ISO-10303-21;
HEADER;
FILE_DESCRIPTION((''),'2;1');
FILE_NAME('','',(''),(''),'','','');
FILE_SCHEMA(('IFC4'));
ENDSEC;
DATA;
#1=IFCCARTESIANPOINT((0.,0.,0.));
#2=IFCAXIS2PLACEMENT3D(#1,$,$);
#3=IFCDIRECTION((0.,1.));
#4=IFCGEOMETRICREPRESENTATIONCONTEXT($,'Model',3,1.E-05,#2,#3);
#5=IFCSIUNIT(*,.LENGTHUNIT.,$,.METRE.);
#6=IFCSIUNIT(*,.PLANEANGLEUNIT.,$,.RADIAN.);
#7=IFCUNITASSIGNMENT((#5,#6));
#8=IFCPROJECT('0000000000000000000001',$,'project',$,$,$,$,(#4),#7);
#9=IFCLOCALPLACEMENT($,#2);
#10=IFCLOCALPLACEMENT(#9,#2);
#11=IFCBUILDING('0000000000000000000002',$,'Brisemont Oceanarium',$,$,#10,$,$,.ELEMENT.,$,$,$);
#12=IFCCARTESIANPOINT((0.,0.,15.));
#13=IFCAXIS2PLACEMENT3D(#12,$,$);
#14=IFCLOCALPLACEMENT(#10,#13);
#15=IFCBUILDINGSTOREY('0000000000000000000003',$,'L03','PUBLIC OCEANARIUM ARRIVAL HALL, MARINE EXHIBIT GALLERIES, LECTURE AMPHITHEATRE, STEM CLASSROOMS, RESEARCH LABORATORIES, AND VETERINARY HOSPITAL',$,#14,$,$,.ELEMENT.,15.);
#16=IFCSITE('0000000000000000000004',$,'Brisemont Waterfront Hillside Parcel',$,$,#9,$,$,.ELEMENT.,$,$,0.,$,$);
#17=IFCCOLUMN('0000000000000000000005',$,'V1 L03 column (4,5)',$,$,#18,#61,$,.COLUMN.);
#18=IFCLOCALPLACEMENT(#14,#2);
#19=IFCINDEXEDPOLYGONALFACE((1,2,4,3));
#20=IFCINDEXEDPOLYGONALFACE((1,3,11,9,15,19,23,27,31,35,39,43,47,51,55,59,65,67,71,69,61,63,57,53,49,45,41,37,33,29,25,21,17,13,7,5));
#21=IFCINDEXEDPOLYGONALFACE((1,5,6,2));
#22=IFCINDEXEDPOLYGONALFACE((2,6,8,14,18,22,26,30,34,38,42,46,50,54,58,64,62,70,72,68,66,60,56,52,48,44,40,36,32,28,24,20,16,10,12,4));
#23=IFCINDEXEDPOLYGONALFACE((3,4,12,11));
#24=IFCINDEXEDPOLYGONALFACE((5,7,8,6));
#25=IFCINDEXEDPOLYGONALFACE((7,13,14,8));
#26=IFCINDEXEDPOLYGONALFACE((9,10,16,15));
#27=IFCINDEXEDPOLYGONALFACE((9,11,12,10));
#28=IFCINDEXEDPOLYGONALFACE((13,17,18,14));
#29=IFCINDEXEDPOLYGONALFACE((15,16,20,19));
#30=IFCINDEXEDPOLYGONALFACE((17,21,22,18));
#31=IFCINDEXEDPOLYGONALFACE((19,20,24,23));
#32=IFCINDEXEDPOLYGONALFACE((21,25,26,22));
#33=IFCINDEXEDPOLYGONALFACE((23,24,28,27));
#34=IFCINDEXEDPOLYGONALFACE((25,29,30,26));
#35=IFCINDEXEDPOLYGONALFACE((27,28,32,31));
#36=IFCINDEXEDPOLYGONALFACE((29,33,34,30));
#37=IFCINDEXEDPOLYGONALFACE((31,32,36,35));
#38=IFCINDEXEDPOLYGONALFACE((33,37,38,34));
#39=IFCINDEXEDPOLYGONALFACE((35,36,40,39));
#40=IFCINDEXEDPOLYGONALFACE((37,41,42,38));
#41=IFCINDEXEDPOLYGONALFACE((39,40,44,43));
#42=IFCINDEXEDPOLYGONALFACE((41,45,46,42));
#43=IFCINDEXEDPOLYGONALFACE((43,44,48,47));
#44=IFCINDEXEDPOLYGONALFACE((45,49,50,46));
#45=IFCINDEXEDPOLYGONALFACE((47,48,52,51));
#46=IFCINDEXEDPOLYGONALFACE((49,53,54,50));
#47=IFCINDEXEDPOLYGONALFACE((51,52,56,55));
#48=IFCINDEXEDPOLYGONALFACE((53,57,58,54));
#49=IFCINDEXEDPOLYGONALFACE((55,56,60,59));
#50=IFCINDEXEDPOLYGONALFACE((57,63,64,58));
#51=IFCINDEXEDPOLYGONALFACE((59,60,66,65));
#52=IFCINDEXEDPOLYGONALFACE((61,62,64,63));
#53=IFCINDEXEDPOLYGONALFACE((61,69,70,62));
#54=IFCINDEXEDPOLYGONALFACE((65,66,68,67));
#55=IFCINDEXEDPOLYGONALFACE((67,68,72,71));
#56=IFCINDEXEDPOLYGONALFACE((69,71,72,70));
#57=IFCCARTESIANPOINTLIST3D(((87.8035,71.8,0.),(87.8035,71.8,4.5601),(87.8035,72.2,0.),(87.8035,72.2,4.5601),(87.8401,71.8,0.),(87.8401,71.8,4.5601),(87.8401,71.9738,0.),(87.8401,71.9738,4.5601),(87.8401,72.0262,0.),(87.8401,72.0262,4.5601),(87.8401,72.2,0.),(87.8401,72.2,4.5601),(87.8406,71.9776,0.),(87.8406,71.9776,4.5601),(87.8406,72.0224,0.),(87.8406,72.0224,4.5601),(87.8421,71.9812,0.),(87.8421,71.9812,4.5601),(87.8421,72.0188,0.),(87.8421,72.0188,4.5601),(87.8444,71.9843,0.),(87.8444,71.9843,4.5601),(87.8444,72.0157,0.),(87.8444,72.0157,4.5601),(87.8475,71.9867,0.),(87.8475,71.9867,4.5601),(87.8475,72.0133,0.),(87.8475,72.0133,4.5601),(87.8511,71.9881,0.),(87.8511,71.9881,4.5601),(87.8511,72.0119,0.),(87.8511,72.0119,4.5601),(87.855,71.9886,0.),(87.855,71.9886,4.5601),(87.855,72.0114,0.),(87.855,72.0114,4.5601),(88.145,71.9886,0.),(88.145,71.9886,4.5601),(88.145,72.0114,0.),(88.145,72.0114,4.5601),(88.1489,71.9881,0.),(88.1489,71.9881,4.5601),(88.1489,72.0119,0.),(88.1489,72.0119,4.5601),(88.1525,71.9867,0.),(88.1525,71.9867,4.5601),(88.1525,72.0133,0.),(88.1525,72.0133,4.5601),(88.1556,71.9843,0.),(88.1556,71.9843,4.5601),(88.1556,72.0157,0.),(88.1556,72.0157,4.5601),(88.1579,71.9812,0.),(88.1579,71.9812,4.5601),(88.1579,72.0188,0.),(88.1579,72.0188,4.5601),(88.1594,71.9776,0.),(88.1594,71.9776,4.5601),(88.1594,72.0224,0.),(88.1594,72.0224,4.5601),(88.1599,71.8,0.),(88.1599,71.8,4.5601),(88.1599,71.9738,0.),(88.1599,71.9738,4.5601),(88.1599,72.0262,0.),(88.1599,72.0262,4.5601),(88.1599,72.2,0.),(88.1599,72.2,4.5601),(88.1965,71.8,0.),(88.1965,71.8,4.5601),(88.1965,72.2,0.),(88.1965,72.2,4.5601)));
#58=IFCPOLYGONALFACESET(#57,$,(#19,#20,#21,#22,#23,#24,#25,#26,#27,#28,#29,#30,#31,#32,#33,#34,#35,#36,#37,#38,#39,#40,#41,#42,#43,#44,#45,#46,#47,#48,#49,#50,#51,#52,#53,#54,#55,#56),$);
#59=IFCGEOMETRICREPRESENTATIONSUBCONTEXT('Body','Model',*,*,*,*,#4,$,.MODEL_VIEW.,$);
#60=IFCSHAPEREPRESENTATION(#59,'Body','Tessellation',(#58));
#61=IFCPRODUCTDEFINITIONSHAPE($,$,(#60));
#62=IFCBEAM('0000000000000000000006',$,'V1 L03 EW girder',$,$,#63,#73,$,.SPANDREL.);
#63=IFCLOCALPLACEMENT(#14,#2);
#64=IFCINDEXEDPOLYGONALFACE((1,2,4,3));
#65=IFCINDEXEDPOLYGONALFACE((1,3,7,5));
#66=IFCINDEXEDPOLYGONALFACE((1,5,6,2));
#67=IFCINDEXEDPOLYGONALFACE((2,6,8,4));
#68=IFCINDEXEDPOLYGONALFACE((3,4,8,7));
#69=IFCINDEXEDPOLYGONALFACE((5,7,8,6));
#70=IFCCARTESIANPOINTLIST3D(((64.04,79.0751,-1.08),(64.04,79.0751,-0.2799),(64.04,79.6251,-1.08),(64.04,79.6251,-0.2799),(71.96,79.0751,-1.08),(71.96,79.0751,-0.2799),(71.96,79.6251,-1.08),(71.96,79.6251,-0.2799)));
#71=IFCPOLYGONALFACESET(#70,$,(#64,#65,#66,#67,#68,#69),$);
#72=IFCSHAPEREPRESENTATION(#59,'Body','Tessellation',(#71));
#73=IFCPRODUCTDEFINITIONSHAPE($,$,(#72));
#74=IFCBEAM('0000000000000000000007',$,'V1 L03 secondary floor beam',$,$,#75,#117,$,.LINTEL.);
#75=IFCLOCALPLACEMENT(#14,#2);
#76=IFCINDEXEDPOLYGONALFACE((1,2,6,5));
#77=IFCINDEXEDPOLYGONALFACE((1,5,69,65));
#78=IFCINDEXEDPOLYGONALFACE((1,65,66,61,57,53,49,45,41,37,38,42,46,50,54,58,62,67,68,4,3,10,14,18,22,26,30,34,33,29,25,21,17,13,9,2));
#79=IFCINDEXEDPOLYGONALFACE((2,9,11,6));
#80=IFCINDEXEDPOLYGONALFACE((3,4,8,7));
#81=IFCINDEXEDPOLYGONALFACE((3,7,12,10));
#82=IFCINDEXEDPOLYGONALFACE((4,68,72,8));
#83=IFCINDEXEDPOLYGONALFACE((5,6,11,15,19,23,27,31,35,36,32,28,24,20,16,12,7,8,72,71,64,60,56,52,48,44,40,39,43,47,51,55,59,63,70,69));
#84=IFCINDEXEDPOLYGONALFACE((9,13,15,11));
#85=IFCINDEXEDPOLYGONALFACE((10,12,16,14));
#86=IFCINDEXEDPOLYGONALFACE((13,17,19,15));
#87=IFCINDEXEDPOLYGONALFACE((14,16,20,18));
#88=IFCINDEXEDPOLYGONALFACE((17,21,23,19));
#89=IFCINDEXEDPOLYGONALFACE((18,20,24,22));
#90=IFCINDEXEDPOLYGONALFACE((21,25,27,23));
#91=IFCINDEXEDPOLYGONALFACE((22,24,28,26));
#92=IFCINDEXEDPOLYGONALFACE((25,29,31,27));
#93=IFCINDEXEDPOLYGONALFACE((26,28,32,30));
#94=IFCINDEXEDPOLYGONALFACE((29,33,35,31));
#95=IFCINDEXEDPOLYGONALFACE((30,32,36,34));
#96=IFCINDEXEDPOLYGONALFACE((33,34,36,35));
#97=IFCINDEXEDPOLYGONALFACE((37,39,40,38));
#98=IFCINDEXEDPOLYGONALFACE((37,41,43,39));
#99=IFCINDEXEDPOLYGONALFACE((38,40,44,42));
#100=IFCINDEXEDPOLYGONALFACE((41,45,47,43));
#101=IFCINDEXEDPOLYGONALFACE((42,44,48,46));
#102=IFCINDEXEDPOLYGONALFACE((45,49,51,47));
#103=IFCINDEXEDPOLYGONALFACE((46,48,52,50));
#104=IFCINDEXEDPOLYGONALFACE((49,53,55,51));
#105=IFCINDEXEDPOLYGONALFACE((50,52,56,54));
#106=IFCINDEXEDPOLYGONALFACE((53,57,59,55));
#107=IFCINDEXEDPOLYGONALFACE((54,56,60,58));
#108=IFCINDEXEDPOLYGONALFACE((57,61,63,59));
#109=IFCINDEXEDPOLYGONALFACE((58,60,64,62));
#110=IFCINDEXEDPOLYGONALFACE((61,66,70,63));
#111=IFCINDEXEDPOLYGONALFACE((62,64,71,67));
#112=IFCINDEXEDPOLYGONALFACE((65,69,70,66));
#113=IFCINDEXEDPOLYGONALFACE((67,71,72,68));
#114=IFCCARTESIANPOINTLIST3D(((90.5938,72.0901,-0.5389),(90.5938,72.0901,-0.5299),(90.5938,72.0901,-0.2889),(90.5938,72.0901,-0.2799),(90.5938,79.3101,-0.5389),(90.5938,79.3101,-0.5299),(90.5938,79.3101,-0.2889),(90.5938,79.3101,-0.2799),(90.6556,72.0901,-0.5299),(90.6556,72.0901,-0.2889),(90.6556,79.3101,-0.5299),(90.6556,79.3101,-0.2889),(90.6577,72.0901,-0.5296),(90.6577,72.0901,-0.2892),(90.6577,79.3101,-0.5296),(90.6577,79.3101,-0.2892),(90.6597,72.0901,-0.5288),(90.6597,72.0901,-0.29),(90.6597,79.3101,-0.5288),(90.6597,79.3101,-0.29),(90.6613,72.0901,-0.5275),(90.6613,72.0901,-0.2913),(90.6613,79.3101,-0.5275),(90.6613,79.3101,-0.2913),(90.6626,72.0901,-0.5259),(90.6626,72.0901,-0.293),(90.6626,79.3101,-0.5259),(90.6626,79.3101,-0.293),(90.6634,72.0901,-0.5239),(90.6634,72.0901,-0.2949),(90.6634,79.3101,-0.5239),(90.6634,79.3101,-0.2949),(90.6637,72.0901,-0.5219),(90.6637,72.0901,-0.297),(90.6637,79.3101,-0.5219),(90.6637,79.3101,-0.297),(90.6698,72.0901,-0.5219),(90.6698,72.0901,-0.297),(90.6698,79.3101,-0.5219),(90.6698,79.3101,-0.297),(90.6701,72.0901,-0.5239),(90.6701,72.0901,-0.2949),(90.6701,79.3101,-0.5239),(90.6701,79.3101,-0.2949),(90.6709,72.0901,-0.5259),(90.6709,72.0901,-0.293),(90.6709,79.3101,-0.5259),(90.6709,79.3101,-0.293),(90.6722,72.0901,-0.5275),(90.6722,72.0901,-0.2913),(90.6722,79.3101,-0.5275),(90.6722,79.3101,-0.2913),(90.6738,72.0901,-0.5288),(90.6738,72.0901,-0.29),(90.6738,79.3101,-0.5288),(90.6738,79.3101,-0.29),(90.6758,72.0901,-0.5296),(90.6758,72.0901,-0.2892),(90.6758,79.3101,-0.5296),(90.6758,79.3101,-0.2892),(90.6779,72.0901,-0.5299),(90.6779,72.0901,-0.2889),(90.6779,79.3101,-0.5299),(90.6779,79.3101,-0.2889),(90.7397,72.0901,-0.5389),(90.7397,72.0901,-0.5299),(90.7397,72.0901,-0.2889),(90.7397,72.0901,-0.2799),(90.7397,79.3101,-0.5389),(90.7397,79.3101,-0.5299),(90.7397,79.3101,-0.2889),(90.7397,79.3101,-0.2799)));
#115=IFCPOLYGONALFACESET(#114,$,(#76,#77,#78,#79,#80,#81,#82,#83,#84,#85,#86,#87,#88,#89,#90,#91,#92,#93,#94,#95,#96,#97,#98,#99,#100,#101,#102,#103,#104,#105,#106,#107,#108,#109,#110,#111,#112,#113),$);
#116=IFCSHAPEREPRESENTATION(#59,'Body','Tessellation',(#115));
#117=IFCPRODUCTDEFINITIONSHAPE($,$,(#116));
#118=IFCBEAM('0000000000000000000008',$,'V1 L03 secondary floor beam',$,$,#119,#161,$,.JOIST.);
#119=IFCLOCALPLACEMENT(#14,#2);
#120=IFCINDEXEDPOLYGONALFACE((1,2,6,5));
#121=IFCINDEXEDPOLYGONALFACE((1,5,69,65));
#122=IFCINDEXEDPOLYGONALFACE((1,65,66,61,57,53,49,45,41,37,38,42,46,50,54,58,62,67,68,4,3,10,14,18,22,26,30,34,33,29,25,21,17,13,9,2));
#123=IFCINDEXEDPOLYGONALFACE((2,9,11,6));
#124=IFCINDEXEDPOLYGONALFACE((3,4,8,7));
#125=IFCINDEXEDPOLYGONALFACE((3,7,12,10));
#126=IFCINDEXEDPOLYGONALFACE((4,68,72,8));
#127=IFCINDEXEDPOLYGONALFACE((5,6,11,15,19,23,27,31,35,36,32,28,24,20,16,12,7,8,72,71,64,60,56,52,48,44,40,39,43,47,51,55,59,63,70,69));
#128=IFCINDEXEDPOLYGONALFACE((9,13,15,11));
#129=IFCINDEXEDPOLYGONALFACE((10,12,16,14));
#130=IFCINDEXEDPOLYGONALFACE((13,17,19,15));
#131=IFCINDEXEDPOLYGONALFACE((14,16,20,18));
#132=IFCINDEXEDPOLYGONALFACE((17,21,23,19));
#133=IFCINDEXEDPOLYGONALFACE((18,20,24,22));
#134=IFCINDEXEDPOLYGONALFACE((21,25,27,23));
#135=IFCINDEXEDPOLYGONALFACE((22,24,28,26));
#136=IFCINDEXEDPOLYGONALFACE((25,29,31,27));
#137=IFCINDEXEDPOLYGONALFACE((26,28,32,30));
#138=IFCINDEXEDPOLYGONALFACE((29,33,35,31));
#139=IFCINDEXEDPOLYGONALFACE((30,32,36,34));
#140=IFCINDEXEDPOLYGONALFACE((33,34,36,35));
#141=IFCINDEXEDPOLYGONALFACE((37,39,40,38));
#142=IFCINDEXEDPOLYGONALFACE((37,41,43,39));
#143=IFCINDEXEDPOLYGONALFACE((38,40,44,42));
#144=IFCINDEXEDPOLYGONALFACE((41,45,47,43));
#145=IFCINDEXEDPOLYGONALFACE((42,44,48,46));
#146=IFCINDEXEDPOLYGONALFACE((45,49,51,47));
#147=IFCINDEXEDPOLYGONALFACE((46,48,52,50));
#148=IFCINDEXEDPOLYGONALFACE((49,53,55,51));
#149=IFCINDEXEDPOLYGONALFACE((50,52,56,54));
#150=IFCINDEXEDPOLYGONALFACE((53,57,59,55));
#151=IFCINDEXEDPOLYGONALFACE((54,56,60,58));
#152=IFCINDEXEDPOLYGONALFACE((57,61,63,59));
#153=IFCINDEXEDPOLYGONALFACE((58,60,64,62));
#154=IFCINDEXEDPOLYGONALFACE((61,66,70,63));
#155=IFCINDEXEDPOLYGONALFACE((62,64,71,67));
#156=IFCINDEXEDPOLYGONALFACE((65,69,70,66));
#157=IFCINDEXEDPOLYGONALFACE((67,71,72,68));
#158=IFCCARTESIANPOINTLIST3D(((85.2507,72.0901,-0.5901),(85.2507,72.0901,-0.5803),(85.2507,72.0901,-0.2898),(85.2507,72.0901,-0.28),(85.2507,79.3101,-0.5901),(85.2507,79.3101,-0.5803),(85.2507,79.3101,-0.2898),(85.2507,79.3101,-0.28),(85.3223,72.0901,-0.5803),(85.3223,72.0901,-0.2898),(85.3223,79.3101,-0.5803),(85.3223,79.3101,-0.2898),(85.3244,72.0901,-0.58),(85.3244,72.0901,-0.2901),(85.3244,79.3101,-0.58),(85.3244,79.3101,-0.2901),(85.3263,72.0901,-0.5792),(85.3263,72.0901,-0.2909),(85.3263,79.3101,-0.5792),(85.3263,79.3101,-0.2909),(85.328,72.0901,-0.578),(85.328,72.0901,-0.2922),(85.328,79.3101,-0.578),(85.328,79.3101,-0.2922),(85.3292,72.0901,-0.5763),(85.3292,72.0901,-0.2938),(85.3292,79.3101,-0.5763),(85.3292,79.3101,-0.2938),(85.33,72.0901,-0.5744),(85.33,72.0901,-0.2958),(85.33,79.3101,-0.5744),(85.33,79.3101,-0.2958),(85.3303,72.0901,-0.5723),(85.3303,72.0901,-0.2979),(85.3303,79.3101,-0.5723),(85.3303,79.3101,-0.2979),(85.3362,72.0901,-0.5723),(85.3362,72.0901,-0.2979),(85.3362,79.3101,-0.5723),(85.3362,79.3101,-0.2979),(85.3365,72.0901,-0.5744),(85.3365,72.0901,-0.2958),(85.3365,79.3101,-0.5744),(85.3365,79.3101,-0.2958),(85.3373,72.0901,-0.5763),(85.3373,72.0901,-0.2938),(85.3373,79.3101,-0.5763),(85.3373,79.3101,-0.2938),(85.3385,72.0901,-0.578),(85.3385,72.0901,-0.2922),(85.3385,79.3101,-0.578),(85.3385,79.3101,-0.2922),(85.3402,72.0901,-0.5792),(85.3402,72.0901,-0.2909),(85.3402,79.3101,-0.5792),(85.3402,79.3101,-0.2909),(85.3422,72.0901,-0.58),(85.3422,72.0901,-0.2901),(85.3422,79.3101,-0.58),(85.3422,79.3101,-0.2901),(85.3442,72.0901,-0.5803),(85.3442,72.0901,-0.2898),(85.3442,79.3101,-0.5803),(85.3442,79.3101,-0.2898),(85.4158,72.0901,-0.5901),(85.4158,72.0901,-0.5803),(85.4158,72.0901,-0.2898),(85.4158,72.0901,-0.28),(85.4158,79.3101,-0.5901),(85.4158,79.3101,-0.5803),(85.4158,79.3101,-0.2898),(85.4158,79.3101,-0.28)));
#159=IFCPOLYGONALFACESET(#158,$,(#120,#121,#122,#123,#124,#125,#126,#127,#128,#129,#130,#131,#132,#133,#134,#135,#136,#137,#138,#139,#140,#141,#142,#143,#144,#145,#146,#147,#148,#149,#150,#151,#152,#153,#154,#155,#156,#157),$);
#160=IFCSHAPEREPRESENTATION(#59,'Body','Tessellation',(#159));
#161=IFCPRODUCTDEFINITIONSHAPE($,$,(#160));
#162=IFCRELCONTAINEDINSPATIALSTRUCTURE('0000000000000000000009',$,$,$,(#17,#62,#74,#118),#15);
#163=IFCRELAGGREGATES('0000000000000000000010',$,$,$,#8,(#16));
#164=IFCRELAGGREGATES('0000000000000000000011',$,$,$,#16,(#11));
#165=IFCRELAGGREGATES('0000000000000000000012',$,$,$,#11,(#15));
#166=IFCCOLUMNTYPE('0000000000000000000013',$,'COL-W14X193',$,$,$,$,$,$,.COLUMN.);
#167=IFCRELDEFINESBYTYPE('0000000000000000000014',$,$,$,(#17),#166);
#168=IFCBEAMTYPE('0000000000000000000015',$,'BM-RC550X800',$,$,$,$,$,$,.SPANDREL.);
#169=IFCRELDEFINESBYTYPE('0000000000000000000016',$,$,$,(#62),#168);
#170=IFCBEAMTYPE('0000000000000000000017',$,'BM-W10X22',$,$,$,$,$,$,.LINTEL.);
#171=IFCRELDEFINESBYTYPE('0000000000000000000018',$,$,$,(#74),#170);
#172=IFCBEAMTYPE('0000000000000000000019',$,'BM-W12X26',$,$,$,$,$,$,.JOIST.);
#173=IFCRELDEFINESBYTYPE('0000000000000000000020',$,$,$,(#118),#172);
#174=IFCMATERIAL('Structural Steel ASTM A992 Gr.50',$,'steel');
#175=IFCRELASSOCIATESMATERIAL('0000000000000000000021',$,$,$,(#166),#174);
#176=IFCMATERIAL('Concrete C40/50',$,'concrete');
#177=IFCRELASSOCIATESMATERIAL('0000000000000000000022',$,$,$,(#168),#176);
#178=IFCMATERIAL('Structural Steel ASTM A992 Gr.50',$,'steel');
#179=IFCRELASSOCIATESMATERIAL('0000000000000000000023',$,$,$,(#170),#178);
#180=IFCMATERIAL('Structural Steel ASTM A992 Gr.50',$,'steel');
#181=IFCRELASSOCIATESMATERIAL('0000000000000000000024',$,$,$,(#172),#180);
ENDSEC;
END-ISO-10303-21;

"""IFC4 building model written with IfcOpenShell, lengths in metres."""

from ifc_helpers import new_model, si_unit, direction, frame, origin, origin_2d, place, context, subcontext, project, spatial, rectangle, i_section, extrude, material, material_profile, profile_set, type_object, element, save


model = new_model("IFC4")

# Units and contexts
model_context = context("Model", 3, precision=1e-05, world=origin(), true_north=direction((0.0, 1.0)))
body_context = subcontext(model_context, "Body", "Model", "MODEL_VIEW")
ifc_project = project(units=[si_unit("LENGTHUNIT", "METRE"), si_unit("PLANEANGLEUNIT", "RADIAN")], contexts=[model_context])

# Site, building, storey
site_placement = place(None, origin())
site = spatial("IfcSite", under=ifc_project, at=site_placement, Name="Brisemont Waterfront Hillside Parcel", CompositionType="ELEMENT", RefElevation=0.0)
building_placement = place(site_placement, origin())
building = spatial("IfcBuilding", under=site, at=building_placement, Name="Brisemont Oceanarium", CompositionType="ELEMENT")
storey_placement = place(building_placement, frame((0.0, 0.0, 15.0)))
storey = spatial("IfcBuildingStorey", under=building, at=storey_placement, Name="L03", Description="PUBLIC OCEANARIUM ARRIVAL HALL, MARINE EXHIBIT GALLERIES, LECTURE AMPHITHEATRE, STEM CLASSROOMS, RESEARCH LABORATORIES, AND VETERINARY HOSPITAL", CompositionType="ELEMENT", Elevation=15.0)

# Column
ifc_material_1 = material(Name="Structural Steel ASTM A992 Gr.50", Category="steel")
ifc_material_profile_1 = material_profile(ifc_material_1, i_section(OverallWidth=0.3999, OverallDepth=0.3931, WebThickness=0.0227, FlangeThickness=0.0366, FilletRadius=0.0149, at=origin_2d()), Name="W14X193")
ifc_profile_set_1 = profile_set([ifc_material_profile_1], Name="Structural Steel ASTM A992 Gr.50")
column_type_1 = type_object("IfcColumnType", Name="COL-W14X193", PredefinedType="COLUMN", material=ifc_profile_set_1)
column_1_placement = place(storey_placement, frame((88.0, 72.0, 0.0), z_axis=(0.0, 0.0, 1.0), x_axis=(0.0, 1.0, 0.0)))
element("IfcColumn", 1, at=column_1_placement, inside=storey, type_object=column_type_1, Name="V1 L03 column (4,5)", PredefinedType="COLUMN", context=body_context, shape_type="SweptSolid", body=[
    extrude(i_section(OverallWidth=0.3999, OverallDepth=0.3931, WebThickness=0.0227, FlangeThickness=0.0366, FilletRadius=0.0149, at=origin_2d()), origin(), (0.0, 0.0, 1.0), 4.5601),
])

# Beams
ifc_material_2 = material(Name="Concrete C40/50", Category="concrete")
ifc_material_profile_2 = material_profile(ifc_material_2, rectangle(XDim=0.55, YDim=0.8, at=origin_2d()), Name="RC-BM-550X800")
ifc_profile_set_2 = profile_set([ifc_material_profile_2], Name="Concrete C40/50")
beam_type_1 = type_object("IfcBeamType", Name="BM-RC550X800", PredefinedType="SPANDREL", material=ifc_profile_set_2)
beam_1_placement = place(storey_placement, frame((64.04, 79.3501, -0.6799), z_axis=(1.0, 0.0, 0.0), x_axis=(0.0, 1.0, 0.0)))
element("IfcBeam", 2, at=beam_1_placement, inside=storey, type_object=beam_type_1, Name="V1 L03 EW girder", PredefinedType="SPANDREL", context=body_context, shape_type="SweptSolid", body=[
    extrude(rectangle(XDim=0.55, YDim=0.8, at=origin_2d()), origin(), (0.0, 0.0, 1.0), 7.9199),
])
ifc_material_3 = material(Name="Structural Steel ASTM A992 Gr.50", Category="steel")
ifc_material_profile_3 = material_profile(ifc_material_3, i_section(OverallWidth=0.146, OverallDepth=0.259, WebThickness=0.0061, FlangeThickness=0.009, FilletRadius=0.0081, at=origin_2d()), Name="W10X22")
ifc_profile_set_3 = profile_set([ifc_material_profile_3], Name="Structural Steel ASTM A992 Gr.50")
beam_type_2 = type_object("IfcBeamType", Name="BM-W10X22", PredefinedType="LINTEL", material=ifc_profile_set_3)
beam_2_placement = place(storey_placement, frame((90.6667, 72.0901, -0.4094), z_axis=(0.0, 1.0, 0.0), x_axis=(-1.0, 0.0, 0.0)))
element("IfcBeam", 3, at=beam_2_placement, inside=storey, type_object=beam_type_2, Name="V1 L03 secondary floor beam", PredefinedType="LINTEL", context=body_context, shape_type="SweptSolid", body=[
    extrude(i_section(OverallWidth=0.146, OverallDepth=0.259, WebThickness=0.0061, FlangeThickness=0.009, FilletRadius=0.0081, at=origin_2d()), origin(), (0.0, 0.0, 1.0), 7.22),
])
ifc_material_4 = material(Name="Structural Steel ASTM A992 Gr.50", Category="steel")
ifc_material_profile_4 = material_profile(ifc_material_4, i_section(OverallWidth=0.165, OverallDepth=0.3101, WebThickness=0.0059, FlangeThickness=0.0098, FilletRadius=0.0081, at=origin_2d()), Name="W12X26")
ifc_profile_set_4 = profile_set([ifc_material_profile_4], Name="Structural Steel ASTM A992 Gr.50")
beam_type_3 = type_object("IfcBeamType", Name="BM-W12X26", PredefinedType="JOIST", material=ifc_profile_set_4)
beam_3_placement = place(storey_placement, frame((85.3333, 72.0901, -0.4351), z_axis=(0.0, 1.0, 0.0), x_axis=(-1.0, 0.0, 0.0)))
element("IfcBeam", 4, at=beam_3_placement, inside=storey, type_object=beam_type_3, Name="V1 L03 secondary floor beam", PredefinedType="JOIST", context=body_context, shape_type="SweptSolid", body=[
    extrude(i_section(OverallWidth=0.165, OverallDepth=0.3101, WebThickness=0.0059, FlangeThickness=0.0098, FilletRadius=0.0081, at=origin_2d()), origin(), (0.0, 0.0, 1.0), 7.22),
])

save(model, "model.ifc")
